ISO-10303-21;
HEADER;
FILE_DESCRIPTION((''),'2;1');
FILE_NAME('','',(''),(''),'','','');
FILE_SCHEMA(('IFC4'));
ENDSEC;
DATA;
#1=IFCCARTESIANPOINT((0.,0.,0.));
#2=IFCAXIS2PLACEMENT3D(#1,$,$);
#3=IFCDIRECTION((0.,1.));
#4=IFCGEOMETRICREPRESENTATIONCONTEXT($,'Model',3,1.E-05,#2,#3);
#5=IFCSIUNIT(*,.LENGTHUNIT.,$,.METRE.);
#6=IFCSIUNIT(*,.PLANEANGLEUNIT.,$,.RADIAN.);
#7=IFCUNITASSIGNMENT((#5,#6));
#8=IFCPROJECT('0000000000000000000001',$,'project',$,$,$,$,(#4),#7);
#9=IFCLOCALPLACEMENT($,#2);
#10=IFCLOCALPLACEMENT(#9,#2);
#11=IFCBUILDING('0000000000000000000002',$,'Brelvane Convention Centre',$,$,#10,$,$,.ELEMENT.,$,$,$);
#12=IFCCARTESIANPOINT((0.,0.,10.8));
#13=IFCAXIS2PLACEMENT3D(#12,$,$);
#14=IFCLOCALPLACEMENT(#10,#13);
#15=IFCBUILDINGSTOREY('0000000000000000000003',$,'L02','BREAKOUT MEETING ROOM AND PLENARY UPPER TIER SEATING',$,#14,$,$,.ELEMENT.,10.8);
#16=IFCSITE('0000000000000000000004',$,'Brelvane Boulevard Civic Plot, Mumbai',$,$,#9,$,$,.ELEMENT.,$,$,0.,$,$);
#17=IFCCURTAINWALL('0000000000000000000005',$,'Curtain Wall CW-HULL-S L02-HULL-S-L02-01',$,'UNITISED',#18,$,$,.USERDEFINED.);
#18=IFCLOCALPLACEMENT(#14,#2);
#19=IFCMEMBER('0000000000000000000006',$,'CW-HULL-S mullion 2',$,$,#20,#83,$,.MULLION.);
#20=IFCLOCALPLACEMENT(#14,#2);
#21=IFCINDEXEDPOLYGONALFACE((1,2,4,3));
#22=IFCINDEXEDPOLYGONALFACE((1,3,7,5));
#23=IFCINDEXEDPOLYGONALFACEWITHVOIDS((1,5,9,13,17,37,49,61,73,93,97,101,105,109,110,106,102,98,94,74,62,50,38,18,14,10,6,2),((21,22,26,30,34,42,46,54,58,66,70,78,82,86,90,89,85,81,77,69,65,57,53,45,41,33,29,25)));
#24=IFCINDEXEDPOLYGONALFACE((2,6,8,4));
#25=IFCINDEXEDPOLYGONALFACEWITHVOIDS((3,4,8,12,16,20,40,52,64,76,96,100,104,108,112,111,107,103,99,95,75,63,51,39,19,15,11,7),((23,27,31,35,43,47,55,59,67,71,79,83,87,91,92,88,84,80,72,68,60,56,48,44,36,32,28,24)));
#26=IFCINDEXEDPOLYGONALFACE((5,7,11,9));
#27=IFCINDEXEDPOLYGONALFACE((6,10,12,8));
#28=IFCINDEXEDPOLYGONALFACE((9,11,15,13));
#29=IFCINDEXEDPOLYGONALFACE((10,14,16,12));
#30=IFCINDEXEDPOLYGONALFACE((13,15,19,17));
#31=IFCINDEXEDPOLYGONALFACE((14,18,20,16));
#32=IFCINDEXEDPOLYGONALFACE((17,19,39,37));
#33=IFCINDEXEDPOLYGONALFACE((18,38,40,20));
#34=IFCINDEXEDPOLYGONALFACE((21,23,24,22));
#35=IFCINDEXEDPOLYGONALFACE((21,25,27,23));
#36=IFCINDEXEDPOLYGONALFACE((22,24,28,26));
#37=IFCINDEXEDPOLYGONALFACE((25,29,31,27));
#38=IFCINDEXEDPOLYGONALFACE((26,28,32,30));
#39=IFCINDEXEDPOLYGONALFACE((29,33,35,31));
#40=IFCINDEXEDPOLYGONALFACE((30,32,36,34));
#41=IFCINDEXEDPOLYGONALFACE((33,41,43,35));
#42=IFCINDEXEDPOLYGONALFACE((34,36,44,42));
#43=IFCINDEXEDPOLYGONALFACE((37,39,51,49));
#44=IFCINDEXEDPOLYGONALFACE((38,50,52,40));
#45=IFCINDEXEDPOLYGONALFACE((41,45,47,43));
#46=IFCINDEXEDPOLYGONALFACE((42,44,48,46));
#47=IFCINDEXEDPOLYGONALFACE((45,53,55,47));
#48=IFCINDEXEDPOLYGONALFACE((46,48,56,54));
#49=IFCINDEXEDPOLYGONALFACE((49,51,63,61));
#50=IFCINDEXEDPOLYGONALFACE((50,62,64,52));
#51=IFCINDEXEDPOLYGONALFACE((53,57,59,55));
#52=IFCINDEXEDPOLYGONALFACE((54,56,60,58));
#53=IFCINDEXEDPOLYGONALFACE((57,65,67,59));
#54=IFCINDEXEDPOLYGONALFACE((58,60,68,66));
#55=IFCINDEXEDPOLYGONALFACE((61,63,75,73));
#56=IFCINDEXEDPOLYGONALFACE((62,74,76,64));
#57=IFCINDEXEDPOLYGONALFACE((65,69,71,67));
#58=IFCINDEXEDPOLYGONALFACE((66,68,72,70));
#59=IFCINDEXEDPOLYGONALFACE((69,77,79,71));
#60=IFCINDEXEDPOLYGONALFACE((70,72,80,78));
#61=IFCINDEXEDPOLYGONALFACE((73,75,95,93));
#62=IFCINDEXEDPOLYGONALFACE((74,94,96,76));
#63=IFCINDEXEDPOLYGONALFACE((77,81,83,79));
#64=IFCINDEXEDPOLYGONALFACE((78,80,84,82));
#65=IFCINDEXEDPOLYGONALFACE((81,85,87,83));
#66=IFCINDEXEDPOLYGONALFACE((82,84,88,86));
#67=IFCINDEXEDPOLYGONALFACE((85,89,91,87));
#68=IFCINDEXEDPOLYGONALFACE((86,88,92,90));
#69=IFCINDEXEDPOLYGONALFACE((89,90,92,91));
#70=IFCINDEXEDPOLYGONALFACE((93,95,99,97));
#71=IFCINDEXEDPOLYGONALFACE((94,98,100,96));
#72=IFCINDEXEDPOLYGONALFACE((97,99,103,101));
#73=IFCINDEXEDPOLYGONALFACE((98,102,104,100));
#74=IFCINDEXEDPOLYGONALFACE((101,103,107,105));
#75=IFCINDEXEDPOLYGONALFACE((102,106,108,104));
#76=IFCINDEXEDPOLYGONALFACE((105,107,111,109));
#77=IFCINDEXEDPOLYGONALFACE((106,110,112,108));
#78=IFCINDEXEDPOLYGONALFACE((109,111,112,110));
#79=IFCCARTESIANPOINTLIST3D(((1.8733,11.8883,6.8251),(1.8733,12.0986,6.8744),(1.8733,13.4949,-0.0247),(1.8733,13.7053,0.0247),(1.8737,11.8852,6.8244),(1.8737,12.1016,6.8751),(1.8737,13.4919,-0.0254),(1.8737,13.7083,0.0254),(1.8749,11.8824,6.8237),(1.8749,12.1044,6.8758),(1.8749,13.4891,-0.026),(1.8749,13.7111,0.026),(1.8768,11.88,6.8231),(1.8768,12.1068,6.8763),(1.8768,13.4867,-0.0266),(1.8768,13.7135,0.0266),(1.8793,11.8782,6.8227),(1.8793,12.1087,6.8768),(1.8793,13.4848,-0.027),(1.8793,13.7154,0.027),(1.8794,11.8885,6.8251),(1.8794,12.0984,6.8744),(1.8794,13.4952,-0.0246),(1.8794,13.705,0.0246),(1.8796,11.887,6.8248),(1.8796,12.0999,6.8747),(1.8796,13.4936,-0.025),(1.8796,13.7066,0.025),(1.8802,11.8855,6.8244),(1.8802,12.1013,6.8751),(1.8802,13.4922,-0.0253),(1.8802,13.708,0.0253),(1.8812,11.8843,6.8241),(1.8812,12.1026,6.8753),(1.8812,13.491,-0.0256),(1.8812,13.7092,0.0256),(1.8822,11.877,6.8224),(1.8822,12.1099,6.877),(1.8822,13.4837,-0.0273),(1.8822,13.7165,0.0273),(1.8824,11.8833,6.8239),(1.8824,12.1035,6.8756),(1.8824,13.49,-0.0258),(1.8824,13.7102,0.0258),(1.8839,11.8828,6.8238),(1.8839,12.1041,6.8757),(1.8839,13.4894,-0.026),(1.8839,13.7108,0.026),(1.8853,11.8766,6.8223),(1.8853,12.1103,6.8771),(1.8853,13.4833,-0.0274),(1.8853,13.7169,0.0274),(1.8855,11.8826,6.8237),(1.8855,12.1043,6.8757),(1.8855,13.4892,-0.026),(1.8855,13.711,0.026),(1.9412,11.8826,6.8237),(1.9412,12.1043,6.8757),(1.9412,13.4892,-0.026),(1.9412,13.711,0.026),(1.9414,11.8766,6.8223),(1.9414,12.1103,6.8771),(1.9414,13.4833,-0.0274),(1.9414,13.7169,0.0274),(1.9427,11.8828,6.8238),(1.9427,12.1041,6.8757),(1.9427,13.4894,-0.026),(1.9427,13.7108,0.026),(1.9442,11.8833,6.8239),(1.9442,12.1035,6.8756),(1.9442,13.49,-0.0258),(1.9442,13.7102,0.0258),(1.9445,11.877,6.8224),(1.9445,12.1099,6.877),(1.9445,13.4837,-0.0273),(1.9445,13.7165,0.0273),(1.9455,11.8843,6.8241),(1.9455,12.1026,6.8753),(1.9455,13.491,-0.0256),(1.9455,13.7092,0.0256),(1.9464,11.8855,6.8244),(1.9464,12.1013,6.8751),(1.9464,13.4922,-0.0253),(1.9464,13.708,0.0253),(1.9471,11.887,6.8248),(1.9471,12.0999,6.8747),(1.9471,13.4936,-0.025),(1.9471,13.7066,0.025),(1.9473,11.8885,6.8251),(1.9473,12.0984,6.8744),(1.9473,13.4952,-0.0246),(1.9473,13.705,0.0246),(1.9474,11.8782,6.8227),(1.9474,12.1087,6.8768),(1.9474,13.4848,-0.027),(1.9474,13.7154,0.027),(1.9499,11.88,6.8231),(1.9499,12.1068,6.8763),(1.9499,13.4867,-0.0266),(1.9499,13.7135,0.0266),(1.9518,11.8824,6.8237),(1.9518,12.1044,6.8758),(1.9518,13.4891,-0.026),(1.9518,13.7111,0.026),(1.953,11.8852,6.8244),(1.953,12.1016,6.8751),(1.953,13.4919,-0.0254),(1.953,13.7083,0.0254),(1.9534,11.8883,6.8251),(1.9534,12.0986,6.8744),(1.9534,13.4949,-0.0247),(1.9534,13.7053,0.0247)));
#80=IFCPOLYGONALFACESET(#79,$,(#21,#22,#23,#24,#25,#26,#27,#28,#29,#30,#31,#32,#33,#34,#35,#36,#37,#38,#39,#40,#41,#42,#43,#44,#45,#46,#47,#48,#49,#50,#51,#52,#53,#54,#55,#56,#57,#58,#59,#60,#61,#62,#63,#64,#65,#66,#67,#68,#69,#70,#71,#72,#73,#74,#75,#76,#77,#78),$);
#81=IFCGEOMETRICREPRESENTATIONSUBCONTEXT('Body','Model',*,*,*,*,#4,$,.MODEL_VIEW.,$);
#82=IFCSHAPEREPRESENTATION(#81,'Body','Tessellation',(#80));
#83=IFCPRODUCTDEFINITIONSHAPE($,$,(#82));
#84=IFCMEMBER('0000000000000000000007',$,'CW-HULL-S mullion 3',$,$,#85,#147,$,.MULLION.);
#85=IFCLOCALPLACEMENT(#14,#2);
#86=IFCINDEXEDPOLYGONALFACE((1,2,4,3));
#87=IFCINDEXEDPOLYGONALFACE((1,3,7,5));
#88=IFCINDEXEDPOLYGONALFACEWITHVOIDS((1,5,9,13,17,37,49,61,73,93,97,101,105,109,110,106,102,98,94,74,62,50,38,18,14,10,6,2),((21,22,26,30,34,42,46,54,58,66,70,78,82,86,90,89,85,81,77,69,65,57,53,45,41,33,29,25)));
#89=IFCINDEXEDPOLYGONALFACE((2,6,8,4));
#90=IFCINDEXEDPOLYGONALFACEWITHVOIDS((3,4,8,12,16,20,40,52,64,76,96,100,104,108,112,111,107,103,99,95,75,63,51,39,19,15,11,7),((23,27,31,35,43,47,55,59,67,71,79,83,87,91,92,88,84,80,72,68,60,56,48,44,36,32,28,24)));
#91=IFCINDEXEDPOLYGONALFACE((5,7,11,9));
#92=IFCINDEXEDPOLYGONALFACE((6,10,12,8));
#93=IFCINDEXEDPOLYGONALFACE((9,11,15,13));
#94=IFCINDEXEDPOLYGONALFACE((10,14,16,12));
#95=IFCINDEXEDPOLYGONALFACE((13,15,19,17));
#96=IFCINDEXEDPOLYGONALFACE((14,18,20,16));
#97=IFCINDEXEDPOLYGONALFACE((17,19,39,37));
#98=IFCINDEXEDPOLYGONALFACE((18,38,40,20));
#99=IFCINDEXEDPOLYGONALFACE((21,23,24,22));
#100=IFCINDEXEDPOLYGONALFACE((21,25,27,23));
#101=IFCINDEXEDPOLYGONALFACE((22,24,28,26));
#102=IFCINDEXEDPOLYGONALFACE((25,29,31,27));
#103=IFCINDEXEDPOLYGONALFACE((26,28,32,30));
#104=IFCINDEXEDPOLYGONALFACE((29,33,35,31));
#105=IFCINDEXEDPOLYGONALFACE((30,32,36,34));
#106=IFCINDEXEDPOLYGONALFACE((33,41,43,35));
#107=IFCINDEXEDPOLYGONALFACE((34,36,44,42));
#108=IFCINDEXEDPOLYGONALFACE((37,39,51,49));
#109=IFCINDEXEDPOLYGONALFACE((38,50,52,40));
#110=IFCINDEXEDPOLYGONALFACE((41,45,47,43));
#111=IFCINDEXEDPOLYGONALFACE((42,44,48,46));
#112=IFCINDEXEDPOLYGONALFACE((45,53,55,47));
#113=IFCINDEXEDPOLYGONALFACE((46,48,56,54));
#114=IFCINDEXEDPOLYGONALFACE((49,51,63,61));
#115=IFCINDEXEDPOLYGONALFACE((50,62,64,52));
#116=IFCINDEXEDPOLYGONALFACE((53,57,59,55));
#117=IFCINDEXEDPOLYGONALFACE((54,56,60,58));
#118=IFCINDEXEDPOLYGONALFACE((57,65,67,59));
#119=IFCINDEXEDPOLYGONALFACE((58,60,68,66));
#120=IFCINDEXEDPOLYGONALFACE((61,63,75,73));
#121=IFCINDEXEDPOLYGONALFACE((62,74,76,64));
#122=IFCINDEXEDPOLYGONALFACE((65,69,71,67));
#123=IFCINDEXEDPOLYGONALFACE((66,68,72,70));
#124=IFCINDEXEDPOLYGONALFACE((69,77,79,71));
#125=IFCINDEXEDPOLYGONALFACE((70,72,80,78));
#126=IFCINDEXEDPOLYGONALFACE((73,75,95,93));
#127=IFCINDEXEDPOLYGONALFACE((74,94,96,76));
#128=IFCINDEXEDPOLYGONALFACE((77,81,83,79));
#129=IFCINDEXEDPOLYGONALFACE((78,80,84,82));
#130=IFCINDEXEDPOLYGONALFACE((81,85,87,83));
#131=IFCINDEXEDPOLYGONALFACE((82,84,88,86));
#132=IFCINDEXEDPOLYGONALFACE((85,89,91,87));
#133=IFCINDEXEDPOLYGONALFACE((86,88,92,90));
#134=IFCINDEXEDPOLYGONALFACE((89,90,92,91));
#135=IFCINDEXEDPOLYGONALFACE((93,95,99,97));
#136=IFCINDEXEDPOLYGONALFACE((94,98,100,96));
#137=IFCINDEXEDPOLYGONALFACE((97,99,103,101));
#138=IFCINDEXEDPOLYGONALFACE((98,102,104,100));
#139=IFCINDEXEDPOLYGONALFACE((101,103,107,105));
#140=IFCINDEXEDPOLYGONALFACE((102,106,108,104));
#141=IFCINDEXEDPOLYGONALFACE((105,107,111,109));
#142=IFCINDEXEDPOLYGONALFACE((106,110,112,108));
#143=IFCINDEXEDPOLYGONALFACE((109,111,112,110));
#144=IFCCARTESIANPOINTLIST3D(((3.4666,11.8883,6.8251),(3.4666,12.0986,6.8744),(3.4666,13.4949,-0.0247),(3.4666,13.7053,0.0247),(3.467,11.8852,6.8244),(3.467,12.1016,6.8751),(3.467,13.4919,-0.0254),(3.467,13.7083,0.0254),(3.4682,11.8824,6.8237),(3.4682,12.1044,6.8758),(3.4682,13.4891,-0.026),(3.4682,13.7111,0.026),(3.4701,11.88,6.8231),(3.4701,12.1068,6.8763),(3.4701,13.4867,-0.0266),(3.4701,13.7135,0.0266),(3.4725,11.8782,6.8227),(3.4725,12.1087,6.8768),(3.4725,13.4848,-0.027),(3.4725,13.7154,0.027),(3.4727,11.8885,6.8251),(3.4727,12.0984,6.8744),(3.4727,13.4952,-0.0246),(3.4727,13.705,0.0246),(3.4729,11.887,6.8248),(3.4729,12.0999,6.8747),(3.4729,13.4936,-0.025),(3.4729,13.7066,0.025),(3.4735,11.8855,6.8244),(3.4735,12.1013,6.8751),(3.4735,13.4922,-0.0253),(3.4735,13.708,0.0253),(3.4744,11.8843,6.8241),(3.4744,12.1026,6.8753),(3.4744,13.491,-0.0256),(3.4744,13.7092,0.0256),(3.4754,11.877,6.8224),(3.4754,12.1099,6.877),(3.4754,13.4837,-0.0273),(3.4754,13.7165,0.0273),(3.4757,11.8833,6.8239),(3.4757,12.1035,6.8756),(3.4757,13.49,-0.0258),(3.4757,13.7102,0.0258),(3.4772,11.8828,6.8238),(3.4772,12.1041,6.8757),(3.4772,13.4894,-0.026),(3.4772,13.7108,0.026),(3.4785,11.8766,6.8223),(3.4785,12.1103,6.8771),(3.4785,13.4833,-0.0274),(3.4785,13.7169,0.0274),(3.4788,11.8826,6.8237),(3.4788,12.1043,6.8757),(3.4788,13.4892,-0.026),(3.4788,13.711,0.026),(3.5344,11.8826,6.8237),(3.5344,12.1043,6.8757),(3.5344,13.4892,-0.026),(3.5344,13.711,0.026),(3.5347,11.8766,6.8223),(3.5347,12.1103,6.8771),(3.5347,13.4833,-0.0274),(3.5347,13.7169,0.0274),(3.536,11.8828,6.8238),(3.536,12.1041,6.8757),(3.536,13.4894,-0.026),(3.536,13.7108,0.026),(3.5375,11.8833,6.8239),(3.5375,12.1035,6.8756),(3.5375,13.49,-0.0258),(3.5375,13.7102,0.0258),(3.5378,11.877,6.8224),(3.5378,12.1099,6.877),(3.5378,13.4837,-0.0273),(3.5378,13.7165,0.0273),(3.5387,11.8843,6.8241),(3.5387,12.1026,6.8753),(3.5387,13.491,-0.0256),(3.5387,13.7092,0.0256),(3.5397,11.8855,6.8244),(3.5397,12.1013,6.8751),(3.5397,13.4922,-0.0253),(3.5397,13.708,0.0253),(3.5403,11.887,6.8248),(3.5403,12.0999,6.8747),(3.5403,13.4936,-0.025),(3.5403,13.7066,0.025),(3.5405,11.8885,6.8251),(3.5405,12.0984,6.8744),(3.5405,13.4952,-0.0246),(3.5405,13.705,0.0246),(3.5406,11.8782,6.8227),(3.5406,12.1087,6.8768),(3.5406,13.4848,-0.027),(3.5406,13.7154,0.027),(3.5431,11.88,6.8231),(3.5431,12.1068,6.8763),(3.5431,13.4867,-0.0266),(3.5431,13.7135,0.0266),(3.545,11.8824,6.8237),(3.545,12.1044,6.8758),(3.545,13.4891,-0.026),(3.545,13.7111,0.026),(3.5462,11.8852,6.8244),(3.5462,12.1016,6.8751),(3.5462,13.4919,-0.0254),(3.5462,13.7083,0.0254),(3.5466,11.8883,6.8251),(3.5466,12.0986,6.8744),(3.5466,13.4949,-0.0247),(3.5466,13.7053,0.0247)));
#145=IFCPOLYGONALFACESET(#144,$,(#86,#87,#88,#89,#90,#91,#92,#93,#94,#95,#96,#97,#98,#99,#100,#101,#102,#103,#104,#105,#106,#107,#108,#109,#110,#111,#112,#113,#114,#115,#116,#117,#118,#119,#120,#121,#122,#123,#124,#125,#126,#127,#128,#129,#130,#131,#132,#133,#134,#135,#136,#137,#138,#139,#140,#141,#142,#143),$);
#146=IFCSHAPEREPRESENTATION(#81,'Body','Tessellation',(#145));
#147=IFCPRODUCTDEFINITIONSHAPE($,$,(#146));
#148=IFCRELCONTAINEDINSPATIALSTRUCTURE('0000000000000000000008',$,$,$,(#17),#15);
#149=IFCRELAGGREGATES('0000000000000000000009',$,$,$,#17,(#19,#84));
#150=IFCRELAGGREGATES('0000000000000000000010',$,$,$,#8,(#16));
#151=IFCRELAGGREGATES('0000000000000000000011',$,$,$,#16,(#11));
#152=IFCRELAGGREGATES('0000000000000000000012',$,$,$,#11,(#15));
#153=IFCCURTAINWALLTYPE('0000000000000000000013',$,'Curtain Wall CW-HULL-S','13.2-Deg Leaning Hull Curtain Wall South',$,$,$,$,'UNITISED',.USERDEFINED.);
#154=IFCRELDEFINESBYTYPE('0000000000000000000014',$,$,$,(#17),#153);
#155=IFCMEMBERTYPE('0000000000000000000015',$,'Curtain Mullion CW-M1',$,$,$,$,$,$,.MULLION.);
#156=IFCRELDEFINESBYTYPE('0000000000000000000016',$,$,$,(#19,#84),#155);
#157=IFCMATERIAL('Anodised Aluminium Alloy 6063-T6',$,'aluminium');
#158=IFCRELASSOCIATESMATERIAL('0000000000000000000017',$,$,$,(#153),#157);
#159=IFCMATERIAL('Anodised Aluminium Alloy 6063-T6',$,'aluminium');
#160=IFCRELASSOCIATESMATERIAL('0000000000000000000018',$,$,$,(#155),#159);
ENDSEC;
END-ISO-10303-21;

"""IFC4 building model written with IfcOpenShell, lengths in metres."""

from ifc_helpers import new_model, si_unit, direction, frame, origin, origin_2d, place, context, subcontext, project, spatial, hollow_rectangle, extrude, material, material_profile, profile_set, type_object, element, aggregate, save


model = new_model("IFC4")

# Units and contexts
model_context = context("Model", 3, precision=1e-05, world=origin(), true_north=direction((0.0, 1.0)))
body_context = subcontext(model_context, "Body", "Model", "MODEL_VIEW")
ifc_project = project(units=[si_unit("LENGTHUNIT", "METRE"), si_unit("PLANEANGLEUNIT", "RADIAN")], contexts=[model_context])

# Site, building, storey
site_placement = place(None, origin())
site = spatial("IfcSite", under=ifc_project, at=site_placement, Name="Brelvane Boulevard Civic Plot, Mumbai", CompositionType="ELEMENT", RefElevation=0.0)
building_placement = place(site_placement, origin())
building = spatial("IfcBuilding", under=site, at=building_placement, Name="Brelvane Convention Centre", CompositionType="ELEMENT")
storey_placement = place(building_placement, frame((0.0, 0.0, 10.8)))
storey = spatial("IfcBuildingStorey", under=building, at=storey_placement, Name="L02", Description="BREAKOUT MEETING ROOM AND PLENARY UPPER TIER SEATING", CompositionType="ELEMENT", Elevation=10.8)

# Curtain wall, members
ifc_material_1 = material(Name="Anodised Aluminium Alloy 6063-T6", Category="aluminium")
curtain_wall_type = type_object("IfcCurtainWallType", Name="Curtain Wall CW-HULL-S", Description="13.2-Deg Leaning Hull Curtain Wall South", ElementType="UNITISED", PredefinedType="USERDEFINED", material=ifc_material_1)
curtain_wall_1_placement = place(storey_placement, origin())
curtain_wall_1 = element("IfcCurtainWall", 1, at=curtain_wall_1_placement, inside=storey, type_object=curtain_wall_type, Name="Curtain Wall CW-HULL-S L02-HULL-S-L02-01", ObjectType="UNITISED", PredefinedType="USERDEFINED")
ifc_material_2 = material(Name="Anodised Aluminium Alloy 6063-T6", Category="aluminium")
ifc_material_profile_1 = material_profile(ifc_material_2, hollow_rectangle(XDim=0.0801, YDim=0.24, WallThickness=0.0061, InnerFilletRadius=0.0061, OuterFilletRadius=0.012, at=origin_2d()), Name="ALU-M 240x80x6.0")
ifc_profile_set_1 = profile_set([ifc_material_profile_1], Name="Anodised Aluminium Alloy 6063-T6")
member_type_1 = type_object("IfcMemberType", Name="Curtain Mullion CW-M1", PredefinedType="MULLION", material=ifc_profile_set_1)
member_1_placement = place(storey_placement, frame((1.9133, 13.6001, 0.0), z_axis=(0.0, -0.22836, 0.973577), x_axis=(1.0, 0.0, 0.0)))
member_1 = element("IfcMember", 2, at=member_1_placement, type_object=member_type_1, Name="CW-HULL-S mullion 2", PredefinedType="MULLION", context=body_context, shape_type="SweptSolid", body=[
    extrude(hollow_rectangle(XDim=0.0801, YDim=0.24, WallThickness=0.0061, InnerFilletRadius=0.0061, OuterFilletRadius=0.012, at=origin_2d()), origin(), (0.0, 0.0, 1.0), 7.0356),
])
member_2_placement = place(storey_placement, frame((3.5066, 13.6001, 0.0), z_axis=(0.0, -0.22836, 0.973577), x_axis=(1.0, 0.0, 0.0)))
member_2 = element("IfcMember", 3, at=member_2_placement, type_object=member_type_1, Name="CW-HULL-S mullion 3", PredefinedType="MULLION", context=body_context, shape_type="SweptSolid", body=[
    extrude(hollow_rectangle(XDim=0.0801, YDim=0.24, WallThickness=0.0061, InnerFilletRadius=0.0061, OuterFilletRadius=0.012, at=origin_2d()), origin(), (0.0, 0.0, 1.0), 7.0356),
])

aggregate(curtain_wall_1, [member_1, member_2])

save(model, "model.ifc")
